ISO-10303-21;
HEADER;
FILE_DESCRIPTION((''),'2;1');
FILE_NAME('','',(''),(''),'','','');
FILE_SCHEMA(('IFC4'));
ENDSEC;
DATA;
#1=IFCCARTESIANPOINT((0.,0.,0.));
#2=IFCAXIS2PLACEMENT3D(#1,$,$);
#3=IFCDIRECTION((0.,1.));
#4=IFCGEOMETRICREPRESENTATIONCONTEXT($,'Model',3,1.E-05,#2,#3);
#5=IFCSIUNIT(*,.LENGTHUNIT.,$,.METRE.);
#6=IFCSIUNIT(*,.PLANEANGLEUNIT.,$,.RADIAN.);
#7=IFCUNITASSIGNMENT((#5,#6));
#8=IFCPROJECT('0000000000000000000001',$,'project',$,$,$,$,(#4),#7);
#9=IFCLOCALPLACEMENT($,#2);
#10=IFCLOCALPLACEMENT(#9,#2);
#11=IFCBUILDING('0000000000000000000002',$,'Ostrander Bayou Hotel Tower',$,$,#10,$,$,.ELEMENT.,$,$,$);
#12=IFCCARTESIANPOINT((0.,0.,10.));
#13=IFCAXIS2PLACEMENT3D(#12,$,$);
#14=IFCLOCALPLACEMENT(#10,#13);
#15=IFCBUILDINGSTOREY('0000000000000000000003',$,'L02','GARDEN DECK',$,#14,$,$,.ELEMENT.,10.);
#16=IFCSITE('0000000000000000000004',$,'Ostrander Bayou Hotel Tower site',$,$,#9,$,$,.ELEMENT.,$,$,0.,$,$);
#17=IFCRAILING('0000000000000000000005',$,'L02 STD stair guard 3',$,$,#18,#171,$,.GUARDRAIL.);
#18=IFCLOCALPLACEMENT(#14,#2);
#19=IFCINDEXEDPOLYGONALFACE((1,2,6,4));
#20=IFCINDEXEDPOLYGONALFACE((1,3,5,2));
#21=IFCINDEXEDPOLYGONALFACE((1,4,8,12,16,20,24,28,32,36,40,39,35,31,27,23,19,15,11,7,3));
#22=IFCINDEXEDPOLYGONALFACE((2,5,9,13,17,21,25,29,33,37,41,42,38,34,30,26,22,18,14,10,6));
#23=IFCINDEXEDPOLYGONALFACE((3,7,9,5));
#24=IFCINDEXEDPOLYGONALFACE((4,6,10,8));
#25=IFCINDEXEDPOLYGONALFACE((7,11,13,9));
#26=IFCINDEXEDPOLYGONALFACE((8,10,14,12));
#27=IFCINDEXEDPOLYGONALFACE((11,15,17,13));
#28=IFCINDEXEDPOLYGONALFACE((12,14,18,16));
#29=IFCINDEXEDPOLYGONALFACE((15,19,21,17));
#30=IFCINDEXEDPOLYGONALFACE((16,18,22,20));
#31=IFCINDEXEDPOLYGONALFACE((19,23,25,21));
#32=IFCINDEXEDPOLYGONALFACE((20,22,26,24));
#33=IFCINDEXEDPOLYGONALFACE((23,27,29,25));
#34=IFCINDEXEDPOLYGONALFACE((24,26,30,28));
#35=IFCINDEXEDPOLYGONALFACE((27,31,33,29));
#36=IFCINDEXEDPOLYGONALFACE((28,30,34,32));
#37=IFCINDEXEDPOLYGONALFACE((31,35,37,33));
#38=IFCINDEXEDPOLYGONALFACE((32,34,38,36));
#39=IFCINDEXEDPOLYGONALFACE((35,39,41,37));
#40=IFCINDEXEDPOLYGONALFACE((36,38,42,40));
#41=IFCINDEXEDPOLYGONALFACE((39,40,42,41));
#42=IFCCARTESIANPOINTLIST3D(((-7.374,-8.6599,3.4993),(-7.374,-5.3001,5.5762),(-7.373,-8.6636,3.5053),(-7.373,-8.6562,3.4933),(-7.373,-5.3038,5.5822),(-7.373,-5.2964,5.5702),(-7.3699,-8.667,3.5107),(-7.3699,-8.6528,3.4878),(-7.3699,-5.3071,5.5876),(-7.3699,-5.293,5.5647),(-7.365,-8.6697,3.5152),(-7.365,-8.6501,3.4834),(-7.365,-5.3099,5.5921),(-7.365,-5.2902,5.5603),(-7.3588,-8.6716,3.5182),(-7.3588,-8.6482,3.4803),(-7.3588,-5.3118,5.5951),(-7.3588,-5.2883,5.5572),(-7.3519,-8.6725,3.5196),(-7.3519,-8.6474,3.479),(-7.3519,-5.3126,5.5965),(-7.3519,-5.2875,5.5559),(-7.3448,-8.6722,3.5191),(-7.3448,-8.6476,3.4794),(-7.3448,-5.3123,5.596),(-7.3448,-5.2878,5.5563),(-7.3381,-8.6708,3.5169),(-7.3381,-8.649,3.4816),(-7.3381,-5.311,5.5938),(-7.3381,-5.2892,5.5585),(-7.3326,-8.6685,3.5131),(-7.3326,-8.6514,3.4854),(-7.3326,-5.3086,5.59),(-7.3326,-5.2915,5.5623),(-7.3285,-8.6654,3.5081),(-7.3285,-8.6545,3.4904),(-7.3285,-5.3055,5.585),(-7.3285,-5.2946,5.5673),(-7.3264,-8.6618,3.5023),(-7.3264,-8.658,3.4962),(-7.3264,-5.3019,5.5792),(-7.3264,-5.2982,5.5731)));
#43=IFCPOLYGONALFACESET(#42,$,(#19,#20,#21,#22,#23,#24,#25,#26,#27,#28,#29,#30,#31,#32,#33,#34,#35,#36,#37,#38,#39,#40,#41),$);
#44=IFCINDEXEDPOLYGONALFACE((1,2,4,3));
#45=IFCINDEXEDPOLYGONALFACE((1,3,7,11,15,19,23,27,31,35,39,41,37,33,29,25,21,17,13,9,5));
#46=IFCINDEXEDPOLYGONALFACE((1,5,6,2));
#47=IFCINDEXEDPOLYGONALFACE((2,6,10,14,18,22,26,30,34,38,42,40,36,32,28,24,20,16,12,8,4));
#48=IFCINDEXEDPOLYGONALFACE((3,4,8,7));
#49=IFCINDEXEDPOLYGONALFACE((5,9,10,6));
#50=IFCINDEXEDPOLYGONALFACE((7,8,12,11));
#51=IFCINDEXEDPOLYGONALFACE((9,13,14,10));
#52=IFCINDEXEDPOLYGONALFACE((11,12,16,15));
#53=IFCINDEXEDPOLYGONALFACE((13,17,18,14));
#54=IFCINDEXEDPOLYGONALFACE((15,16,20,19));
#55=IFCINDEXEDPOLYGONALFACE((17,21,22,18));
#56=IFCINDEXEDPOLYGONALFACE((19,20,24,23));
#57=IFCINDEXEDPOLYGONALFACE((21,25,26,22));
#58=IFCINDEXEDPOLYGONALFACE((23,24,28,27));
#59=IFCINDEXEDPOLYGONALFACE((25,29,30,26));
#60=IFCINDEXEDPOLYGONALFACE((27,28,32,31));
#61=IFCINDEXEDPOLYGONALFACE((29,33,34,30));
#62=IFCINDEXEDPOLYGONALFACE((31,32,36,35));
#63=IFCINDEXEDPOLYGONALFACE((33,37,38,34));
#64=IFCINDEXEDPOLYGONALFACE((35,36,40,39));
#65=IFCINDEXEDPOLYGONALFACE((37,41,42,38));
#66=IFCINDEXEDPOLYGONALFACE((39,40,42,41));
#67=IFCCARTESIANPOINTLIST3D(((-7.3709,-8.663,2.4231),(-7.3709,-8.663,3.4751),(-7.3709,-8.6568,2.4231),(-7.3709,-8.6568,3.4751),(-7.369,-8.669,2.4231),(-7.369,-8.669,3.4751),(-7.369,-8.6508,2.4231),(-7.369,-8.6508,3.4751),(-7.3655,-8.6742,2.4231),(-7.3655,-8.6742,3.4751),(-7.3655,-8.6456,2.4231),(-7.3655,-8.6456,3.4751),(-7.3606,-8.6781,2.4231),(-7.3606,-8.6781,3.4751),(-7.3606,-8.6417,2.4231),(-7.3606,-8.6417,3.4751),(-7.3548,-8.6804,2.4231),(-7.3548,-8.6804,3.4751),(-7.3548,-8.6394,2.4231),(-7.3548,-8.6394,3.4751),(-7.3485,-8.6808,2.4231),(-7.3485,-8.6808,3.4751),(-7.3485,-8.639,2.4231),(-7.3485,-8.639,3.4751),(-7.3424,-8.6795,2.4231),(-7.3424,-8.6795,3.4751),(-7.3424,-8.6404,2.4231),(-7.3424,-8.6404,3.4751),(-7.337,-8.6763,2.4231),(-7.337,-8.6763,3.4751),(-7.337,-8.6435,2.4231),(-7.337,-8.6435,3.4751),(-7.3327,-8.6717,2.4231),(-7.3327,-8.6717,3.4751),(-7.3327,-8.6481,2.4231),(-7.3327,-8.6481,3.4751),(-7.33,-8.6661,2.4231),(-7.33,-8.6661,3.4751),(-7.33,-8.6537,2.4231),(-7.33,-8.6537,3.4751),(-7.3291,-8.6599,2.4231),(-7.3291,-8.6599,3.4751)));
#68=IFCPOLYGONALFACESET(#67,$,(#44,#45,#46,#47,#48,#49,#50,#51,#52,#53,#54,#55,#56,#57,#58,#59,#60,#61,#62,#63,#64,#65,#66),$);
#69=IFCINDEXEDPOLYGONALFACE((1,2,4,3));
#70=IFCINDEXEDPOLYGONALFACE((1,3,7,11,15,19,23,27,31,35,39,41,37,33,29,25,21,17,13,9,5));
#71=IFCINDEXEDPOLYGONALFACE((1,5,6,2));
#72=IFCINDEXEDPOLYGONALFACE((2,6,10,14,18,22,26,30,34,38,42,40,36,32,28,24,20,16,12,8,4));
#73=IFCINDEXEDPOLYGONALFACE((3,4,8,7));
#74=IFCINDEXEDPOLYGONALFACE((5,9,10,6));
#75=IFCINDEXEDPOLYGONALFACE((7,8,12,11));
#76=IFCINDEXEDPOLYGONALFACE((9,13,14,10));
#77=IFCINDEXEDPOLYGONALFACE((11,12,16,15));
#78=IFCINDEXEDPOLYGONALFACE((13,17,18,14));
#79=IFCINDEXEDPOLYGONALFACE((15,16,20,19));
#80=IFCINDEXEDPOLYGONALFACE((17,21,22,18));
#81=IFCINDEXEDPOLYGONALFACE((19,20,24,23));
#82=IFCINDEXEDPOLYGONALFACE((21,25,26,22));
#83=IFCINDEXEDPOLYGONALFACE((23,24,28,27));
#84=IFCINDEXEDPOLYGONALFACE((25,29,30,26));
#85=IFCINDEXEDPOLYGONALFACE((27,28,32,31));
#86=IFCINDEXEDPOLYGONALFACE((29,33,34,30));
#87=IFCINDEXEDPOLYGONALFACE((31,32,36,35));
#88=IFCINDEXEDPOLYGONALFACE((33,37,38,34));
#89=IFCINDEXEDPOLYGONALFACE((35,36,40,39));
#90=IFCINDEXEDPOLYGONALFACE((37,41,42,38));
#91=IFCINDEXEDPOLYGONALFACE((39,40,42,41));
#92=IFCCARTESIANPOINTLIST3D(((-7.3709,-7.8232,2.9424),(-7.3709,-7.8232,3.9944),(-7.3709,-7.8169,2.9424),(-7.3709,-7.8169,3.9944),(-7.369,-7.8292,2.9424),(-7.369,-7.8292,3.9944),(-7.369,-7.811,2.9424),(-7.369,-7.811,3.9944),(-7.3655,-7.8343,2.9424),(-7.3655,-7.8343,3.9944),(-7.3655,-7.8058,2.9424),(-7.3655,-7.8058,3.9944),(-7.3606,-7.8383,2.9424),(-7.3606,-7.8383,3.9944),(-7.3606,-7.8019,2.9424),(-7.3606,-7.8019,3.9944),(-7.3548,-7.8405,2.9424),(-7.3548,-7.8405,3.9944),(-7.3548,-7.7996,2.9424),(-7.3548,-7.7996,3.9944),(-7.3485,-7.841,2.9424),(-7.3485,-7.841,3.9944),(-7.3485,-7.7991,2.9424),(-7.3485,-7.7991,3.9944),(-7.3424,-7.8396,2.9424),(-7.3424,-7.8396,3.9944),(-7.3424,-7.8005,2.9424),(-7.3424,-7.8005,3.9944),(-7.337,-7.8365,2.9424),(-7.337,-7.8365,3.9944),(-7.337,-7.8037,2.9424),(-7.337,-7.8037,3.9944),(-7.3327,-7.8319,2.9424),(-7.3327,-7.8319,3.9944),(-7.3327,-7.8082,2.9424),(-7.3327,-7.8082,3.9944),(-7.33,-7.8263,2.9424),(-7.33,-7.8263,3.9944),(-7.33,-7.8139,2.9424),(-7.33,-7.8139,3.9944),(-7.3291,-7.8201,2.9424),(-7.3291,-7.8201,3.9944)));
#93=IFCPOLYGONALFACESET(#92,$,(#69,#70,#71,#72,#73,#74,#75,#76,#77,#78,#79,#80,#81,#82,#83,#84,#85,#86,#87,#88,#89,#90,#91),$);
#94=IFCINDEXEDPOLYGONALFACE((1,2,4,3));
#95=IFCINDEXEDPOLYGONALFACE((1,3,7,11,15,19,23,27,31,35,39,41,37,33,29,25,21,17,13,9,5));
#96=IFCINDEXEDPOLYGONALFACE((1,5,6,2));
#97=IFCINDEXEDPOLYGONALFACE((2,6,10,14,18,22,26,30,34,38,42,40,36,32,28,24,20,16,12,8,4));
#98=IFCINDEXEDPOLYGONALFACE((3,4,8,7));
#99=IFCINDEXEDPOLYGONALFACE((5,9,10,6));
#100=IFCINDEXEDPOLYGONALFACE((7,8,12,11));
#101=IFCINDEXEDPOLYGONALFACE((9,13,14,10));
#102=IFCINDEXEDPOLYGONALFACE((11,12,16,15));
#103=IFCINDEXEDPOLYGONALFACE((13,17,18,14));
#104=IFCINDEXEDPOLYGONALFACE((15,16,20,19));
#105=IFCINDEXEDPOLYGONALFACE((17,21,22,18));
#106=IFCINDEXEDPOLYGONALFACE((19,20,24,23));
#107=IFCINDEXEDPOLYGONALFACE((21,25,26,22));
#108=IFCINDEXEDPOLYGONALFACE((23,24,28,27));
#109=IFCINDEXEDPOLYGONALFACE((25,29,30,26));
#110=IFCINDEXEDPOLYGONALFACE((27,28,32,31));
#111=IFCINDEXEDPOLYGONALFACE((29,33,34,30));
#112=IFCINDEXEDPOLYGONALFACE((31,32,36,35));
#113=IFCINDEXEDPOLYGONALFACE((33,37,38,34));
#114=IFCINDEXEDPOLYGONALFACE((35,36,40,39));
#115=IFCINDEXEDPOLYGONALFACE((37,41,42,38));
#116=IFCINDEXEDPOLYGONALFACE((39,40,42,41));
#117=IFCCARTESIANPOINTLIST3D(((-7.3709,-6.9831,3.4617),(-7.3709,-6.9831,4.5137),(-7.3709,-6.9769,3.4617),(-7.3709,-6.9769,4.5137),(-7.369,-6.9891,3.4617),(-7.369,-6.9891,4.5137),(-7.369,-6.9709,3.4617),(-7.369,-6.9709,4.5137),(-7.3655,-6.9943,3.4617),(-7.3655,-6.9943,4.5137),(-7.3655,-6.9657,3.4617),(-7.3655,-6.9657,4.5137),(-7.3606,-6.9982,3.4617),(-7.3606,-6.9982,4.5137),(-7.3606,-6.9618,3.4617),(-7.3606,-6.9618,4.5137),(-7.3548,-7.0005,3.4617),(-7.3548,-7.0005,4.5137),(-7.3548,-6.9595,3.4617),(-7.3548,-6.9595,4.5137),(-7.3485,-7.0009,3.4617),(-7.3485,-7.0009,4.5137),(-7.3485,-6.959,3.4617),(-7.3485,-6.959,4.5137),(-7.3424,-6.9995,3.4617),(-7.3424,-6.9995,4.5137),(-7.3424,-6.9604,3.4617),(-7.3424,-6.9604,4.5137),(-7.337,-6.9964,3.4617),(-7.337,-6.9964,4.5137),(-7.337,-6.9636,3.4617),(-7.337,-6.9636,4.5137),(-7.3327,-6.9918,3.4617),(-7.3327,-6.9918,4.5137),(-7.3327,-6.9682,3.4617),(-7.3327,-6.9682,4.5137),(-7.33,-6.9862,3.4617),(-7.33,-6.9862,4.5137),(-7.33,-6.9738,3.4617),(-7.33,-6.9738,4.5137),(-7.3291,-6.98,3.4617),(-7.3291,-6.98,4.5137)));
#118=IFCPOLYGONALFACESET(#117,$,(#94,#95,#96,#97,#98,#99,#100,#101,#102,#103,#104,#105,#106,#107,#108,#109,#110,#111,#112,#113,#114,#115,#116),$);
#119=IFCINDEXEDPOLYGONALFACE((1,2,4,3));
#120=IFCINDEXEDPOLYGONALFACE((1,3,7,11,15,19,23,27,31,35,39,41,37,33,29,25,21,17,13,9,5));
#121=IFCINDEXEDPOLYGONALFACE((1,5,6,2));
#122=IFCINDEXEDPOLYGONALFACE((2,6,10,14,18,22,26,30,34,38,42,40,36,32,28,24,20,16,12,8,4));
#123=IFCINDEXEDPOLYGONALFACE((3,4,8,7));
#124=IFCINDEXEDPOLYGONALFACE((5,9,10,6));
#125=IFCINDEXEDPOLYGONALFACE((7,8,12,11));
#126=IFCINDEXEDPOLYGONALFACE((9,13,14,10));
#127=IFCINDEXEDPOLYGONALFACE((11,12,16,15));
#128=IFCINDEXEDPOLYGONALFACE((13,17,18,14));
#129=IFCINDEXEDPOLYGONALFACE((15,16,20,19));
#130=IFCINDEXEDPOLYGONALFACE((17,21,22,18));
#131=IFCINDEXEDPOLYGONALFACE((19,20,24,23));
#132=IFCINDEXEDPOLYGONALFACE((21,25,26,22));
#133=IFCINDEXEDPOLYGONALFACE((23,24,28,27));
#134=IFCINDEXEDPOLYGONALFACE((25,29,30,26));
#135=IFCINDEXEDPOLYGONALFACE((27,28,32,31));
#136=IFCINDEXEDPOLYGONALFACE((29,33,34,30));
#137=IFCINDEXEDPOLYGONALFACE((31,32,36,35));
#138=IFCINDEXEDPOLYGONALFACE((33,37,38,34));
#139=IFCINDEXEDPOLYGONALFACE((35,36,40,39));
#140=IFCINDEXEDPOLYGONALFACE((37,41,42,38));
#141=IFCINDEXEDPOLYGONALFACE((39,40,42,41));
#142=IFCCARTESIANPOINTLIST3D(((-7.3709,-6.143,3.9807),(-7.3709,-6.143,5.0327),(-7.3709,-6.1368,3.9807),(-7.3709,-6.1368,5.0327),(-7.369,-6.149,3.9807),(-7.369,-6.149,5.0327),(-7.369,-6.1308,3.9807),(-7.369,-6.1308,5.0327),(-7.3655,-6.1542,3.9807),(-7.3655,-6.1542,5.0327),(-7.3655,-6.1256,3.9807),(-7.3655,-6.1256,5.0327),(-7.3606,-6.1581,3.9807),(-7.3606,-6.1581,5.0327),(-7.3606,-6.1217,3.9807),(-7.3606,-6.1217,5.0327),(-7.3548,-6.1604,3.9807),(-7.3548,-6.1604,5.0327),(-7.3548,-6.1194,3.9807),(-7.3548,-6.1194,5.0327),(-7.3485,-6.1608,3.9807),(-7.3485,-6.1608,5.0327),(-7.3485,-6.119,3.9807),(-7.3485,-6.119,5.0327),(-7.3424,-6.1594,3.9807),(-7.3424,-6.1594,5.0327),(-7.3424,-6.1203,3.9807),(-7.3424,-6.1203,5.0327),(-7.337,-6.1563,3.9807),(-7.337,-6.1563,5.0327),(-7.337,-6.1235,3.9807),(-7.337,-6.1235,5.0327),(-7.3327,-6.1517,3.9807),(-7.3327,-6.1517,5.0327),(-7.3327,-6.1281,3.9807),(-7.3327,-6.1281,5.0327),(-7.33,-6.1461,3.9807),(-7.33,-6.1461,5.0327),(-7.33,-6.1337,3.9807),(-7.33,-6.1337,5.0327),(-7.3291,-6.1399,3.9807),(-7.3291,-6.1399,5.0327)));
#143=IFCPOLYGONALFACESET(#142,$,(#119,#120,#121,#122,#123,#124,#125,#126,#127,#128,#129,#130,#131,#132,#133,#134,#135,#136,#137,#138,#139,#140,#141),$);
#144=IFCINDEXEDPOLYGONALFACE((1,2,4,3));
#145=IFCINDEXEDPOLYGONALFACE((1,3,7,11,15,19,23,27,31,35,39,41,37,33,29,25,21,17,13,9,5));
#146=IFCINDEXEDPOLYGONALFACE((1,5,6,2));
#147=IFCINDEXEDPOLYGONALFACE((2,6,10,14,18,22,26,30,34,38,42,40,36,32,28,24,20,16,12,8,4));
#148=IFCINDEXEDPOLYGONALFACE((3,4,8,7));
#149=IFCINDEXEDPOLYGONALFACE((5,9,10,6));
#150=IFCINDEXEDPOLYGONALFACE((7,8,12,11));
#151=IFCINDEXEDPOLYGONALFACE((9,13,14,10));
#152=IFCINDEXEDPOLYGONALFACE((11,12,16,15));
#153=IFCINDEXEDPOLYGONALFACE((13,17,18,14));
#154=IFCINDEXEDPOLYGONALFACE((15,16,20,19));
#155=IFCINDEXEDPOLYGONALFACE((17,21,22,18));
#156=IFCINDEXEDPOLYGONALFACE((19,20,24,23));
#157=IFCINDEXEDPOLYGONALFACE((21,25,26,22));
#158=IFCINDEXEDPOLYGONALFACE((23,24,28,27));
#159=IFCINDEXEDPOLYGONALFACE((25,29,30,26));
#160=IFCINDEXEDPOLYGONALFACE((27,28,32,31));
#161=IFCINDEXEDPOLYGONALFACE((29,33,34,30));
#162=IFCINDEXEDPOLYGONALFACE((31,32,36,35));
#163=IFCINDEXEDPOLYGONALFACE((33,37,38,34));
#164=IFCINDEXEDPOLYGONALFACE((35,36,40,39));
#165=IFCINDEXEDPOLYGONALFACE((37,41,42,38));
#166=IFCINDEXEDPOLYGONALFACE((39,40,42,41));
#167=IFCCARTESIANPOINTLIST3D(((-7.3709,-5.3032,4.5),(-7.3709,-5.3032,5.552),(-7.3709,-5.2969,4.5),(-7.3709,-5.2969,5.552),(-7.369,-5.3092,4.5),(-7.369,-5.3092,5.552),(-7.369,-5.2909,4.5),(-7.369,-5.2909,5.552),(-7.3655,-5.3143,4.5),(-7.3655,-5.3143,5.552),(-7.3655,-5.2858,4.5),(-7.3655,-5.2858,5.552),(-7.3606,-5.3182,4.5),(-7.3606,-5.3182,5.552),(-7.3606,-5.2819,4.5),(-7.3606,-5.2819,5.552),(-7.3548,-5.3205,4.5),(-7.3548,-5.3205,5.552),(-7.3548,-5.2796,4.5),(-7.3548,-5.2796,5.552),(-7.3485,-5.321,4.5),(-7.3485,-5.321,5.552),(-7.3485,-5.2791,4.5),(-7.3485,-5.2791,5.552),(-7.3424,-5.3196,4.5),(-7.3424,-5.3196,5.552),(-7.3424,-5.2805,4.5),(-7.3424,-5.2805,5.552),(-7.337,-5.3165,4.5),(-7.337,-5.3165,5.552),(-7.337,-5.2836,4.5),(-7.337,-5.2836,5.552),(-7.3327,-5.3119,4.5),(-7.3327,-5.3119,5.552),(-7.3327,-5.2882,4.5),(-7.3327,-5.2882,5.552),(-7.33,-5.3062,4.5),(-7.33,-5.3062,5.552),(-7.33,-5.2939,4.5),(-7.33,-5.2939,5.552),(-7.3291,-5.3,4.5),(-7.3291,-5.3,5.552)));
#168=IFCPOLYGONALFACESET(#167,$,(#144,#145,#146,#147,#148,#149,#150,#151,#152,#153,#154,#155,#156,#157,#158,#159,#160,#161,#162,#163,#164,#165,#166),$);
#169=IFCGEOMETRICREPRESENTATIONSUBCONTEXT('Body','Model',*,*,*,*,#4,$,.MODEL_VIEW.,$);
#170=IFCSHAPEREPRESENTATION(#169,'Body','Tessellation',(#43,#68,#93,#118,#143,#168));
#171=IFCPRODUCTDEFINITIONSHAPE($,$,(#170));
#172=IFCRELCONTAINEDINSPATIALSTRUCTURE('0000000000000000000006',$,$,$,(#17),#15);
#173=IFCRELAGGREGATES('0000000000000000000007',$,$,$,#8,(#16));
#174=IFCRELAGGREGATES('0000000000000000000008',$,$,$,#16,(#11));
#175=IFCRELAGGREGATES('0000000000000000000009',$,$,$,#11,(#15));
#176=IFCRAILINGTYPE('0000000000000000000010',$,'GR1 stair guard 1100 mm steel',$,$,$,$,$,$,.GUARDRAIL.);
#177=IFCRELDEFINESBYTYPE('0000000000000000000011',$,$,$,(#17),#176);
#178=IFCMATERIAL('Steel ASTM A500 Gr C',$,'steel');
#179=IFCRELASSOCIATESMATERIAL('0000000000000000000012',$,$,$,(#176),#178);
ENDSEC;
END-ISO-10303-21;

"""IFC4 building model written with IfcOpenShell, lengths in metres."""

from ifc_helpers import new_model, si_unit, direction, frame, origin, origin_2d, place, context, subcontext, project, spatial, circle, extrude, material, type_object, element, save


model = new_model("IFC4")

# Units and contexts
model_context = context("Model", 3, precision=1e-05, world=origin(), true_north=direction((0.0, 1.0)))
body_context = subcontext(model_context, "Body", "Model", "MODEL_VIEW")
ifc_project = project(units=[si_unit("LENGTHUNIT", "METRE"), si_unit("PLANEANGLEUNIT", "RADIAN")], contexts=[model_context])

# Site, building, storey
site_placement = place(None, origin())
site = spatial("IfcSite", under=ifc_project, at=site_placement, Name="Ostrander Bayou Hotel Tower site", CompositionType="ELEMENT", RefElevation=0.0)
building_placement = place(site_placement, origin())
building = spatial("IfcBuilding", under=site, at=building_placement, Name="Ostrander Bayou Hotel Tower", CompositionType="ELEMENT")
storey_placement = place(building_placement, frame((0.0, 0.0, 10.0)))
storey = spatial("IfcBuildingStorey", under=building, at=storey_placement, Name="L02", Description="GARDEN DECK", CompositionType="ELEMENT", Elevation=10.0)

# Railing
ifc_material_1 = material(Name="Steel ASTM A500 Gr C", Category="steel")
railing_type_1 = type_object("IfcRailingType", Name="GR1 stair guard 1100 mm steel", PredefinedType="GUARDRAIL", material=ifc_material_1)
railing_1_placement = place(storey_placement, frame((-7.3501, -8.6599, 2.4231)))
element("IfcRailing", 1, at=railing_1_placement, inside=storey, type_object=railing_type_1, Name="L02 STD stair guard 3", PredefinedType="GUARDRAIL", context=body_context, shape_type="SweptSolid", body=[
    extrude(circle(Radius=0.0239, at=origin_2d()), frame((0.0, 0.0, 1.0762), z_axis=(0.0, 0.850606, 0.525803), x_axis=(-1.0, 0.0, 0.0)), (0.0, 0.0, 1.0), 3.95),
    extrude(circle(Radius=0.021, at=origin_2d()), origin(), (0.0, 0.0, 1.0), 1.052),
    extrude(circle(Radius=0.021, at=origin_2d()), frame((0.0, 0.8398, 0.5193)), (0.0, 0.0, 1.0), 1.052),
    extrude(circle(Radius=0.021, at=origin_2d()), frame((0.0, 1.6799, 1.0386)), (0.0, 0.0, 1.0), 1.052),
    extrude(circle(Radius=0.021, at=origin_2d()), frame((0.0, 2.52, 1.5576)), (0.0, 0.0, 1.0), 1.052),
    extrude(circle(Radius=0.021, at=origin_2d()), frame((0.0, 3.3599, 2.0769)), (0.0, 0.0, 1.0), 1.052),
])

save(model, "model.ifc")
